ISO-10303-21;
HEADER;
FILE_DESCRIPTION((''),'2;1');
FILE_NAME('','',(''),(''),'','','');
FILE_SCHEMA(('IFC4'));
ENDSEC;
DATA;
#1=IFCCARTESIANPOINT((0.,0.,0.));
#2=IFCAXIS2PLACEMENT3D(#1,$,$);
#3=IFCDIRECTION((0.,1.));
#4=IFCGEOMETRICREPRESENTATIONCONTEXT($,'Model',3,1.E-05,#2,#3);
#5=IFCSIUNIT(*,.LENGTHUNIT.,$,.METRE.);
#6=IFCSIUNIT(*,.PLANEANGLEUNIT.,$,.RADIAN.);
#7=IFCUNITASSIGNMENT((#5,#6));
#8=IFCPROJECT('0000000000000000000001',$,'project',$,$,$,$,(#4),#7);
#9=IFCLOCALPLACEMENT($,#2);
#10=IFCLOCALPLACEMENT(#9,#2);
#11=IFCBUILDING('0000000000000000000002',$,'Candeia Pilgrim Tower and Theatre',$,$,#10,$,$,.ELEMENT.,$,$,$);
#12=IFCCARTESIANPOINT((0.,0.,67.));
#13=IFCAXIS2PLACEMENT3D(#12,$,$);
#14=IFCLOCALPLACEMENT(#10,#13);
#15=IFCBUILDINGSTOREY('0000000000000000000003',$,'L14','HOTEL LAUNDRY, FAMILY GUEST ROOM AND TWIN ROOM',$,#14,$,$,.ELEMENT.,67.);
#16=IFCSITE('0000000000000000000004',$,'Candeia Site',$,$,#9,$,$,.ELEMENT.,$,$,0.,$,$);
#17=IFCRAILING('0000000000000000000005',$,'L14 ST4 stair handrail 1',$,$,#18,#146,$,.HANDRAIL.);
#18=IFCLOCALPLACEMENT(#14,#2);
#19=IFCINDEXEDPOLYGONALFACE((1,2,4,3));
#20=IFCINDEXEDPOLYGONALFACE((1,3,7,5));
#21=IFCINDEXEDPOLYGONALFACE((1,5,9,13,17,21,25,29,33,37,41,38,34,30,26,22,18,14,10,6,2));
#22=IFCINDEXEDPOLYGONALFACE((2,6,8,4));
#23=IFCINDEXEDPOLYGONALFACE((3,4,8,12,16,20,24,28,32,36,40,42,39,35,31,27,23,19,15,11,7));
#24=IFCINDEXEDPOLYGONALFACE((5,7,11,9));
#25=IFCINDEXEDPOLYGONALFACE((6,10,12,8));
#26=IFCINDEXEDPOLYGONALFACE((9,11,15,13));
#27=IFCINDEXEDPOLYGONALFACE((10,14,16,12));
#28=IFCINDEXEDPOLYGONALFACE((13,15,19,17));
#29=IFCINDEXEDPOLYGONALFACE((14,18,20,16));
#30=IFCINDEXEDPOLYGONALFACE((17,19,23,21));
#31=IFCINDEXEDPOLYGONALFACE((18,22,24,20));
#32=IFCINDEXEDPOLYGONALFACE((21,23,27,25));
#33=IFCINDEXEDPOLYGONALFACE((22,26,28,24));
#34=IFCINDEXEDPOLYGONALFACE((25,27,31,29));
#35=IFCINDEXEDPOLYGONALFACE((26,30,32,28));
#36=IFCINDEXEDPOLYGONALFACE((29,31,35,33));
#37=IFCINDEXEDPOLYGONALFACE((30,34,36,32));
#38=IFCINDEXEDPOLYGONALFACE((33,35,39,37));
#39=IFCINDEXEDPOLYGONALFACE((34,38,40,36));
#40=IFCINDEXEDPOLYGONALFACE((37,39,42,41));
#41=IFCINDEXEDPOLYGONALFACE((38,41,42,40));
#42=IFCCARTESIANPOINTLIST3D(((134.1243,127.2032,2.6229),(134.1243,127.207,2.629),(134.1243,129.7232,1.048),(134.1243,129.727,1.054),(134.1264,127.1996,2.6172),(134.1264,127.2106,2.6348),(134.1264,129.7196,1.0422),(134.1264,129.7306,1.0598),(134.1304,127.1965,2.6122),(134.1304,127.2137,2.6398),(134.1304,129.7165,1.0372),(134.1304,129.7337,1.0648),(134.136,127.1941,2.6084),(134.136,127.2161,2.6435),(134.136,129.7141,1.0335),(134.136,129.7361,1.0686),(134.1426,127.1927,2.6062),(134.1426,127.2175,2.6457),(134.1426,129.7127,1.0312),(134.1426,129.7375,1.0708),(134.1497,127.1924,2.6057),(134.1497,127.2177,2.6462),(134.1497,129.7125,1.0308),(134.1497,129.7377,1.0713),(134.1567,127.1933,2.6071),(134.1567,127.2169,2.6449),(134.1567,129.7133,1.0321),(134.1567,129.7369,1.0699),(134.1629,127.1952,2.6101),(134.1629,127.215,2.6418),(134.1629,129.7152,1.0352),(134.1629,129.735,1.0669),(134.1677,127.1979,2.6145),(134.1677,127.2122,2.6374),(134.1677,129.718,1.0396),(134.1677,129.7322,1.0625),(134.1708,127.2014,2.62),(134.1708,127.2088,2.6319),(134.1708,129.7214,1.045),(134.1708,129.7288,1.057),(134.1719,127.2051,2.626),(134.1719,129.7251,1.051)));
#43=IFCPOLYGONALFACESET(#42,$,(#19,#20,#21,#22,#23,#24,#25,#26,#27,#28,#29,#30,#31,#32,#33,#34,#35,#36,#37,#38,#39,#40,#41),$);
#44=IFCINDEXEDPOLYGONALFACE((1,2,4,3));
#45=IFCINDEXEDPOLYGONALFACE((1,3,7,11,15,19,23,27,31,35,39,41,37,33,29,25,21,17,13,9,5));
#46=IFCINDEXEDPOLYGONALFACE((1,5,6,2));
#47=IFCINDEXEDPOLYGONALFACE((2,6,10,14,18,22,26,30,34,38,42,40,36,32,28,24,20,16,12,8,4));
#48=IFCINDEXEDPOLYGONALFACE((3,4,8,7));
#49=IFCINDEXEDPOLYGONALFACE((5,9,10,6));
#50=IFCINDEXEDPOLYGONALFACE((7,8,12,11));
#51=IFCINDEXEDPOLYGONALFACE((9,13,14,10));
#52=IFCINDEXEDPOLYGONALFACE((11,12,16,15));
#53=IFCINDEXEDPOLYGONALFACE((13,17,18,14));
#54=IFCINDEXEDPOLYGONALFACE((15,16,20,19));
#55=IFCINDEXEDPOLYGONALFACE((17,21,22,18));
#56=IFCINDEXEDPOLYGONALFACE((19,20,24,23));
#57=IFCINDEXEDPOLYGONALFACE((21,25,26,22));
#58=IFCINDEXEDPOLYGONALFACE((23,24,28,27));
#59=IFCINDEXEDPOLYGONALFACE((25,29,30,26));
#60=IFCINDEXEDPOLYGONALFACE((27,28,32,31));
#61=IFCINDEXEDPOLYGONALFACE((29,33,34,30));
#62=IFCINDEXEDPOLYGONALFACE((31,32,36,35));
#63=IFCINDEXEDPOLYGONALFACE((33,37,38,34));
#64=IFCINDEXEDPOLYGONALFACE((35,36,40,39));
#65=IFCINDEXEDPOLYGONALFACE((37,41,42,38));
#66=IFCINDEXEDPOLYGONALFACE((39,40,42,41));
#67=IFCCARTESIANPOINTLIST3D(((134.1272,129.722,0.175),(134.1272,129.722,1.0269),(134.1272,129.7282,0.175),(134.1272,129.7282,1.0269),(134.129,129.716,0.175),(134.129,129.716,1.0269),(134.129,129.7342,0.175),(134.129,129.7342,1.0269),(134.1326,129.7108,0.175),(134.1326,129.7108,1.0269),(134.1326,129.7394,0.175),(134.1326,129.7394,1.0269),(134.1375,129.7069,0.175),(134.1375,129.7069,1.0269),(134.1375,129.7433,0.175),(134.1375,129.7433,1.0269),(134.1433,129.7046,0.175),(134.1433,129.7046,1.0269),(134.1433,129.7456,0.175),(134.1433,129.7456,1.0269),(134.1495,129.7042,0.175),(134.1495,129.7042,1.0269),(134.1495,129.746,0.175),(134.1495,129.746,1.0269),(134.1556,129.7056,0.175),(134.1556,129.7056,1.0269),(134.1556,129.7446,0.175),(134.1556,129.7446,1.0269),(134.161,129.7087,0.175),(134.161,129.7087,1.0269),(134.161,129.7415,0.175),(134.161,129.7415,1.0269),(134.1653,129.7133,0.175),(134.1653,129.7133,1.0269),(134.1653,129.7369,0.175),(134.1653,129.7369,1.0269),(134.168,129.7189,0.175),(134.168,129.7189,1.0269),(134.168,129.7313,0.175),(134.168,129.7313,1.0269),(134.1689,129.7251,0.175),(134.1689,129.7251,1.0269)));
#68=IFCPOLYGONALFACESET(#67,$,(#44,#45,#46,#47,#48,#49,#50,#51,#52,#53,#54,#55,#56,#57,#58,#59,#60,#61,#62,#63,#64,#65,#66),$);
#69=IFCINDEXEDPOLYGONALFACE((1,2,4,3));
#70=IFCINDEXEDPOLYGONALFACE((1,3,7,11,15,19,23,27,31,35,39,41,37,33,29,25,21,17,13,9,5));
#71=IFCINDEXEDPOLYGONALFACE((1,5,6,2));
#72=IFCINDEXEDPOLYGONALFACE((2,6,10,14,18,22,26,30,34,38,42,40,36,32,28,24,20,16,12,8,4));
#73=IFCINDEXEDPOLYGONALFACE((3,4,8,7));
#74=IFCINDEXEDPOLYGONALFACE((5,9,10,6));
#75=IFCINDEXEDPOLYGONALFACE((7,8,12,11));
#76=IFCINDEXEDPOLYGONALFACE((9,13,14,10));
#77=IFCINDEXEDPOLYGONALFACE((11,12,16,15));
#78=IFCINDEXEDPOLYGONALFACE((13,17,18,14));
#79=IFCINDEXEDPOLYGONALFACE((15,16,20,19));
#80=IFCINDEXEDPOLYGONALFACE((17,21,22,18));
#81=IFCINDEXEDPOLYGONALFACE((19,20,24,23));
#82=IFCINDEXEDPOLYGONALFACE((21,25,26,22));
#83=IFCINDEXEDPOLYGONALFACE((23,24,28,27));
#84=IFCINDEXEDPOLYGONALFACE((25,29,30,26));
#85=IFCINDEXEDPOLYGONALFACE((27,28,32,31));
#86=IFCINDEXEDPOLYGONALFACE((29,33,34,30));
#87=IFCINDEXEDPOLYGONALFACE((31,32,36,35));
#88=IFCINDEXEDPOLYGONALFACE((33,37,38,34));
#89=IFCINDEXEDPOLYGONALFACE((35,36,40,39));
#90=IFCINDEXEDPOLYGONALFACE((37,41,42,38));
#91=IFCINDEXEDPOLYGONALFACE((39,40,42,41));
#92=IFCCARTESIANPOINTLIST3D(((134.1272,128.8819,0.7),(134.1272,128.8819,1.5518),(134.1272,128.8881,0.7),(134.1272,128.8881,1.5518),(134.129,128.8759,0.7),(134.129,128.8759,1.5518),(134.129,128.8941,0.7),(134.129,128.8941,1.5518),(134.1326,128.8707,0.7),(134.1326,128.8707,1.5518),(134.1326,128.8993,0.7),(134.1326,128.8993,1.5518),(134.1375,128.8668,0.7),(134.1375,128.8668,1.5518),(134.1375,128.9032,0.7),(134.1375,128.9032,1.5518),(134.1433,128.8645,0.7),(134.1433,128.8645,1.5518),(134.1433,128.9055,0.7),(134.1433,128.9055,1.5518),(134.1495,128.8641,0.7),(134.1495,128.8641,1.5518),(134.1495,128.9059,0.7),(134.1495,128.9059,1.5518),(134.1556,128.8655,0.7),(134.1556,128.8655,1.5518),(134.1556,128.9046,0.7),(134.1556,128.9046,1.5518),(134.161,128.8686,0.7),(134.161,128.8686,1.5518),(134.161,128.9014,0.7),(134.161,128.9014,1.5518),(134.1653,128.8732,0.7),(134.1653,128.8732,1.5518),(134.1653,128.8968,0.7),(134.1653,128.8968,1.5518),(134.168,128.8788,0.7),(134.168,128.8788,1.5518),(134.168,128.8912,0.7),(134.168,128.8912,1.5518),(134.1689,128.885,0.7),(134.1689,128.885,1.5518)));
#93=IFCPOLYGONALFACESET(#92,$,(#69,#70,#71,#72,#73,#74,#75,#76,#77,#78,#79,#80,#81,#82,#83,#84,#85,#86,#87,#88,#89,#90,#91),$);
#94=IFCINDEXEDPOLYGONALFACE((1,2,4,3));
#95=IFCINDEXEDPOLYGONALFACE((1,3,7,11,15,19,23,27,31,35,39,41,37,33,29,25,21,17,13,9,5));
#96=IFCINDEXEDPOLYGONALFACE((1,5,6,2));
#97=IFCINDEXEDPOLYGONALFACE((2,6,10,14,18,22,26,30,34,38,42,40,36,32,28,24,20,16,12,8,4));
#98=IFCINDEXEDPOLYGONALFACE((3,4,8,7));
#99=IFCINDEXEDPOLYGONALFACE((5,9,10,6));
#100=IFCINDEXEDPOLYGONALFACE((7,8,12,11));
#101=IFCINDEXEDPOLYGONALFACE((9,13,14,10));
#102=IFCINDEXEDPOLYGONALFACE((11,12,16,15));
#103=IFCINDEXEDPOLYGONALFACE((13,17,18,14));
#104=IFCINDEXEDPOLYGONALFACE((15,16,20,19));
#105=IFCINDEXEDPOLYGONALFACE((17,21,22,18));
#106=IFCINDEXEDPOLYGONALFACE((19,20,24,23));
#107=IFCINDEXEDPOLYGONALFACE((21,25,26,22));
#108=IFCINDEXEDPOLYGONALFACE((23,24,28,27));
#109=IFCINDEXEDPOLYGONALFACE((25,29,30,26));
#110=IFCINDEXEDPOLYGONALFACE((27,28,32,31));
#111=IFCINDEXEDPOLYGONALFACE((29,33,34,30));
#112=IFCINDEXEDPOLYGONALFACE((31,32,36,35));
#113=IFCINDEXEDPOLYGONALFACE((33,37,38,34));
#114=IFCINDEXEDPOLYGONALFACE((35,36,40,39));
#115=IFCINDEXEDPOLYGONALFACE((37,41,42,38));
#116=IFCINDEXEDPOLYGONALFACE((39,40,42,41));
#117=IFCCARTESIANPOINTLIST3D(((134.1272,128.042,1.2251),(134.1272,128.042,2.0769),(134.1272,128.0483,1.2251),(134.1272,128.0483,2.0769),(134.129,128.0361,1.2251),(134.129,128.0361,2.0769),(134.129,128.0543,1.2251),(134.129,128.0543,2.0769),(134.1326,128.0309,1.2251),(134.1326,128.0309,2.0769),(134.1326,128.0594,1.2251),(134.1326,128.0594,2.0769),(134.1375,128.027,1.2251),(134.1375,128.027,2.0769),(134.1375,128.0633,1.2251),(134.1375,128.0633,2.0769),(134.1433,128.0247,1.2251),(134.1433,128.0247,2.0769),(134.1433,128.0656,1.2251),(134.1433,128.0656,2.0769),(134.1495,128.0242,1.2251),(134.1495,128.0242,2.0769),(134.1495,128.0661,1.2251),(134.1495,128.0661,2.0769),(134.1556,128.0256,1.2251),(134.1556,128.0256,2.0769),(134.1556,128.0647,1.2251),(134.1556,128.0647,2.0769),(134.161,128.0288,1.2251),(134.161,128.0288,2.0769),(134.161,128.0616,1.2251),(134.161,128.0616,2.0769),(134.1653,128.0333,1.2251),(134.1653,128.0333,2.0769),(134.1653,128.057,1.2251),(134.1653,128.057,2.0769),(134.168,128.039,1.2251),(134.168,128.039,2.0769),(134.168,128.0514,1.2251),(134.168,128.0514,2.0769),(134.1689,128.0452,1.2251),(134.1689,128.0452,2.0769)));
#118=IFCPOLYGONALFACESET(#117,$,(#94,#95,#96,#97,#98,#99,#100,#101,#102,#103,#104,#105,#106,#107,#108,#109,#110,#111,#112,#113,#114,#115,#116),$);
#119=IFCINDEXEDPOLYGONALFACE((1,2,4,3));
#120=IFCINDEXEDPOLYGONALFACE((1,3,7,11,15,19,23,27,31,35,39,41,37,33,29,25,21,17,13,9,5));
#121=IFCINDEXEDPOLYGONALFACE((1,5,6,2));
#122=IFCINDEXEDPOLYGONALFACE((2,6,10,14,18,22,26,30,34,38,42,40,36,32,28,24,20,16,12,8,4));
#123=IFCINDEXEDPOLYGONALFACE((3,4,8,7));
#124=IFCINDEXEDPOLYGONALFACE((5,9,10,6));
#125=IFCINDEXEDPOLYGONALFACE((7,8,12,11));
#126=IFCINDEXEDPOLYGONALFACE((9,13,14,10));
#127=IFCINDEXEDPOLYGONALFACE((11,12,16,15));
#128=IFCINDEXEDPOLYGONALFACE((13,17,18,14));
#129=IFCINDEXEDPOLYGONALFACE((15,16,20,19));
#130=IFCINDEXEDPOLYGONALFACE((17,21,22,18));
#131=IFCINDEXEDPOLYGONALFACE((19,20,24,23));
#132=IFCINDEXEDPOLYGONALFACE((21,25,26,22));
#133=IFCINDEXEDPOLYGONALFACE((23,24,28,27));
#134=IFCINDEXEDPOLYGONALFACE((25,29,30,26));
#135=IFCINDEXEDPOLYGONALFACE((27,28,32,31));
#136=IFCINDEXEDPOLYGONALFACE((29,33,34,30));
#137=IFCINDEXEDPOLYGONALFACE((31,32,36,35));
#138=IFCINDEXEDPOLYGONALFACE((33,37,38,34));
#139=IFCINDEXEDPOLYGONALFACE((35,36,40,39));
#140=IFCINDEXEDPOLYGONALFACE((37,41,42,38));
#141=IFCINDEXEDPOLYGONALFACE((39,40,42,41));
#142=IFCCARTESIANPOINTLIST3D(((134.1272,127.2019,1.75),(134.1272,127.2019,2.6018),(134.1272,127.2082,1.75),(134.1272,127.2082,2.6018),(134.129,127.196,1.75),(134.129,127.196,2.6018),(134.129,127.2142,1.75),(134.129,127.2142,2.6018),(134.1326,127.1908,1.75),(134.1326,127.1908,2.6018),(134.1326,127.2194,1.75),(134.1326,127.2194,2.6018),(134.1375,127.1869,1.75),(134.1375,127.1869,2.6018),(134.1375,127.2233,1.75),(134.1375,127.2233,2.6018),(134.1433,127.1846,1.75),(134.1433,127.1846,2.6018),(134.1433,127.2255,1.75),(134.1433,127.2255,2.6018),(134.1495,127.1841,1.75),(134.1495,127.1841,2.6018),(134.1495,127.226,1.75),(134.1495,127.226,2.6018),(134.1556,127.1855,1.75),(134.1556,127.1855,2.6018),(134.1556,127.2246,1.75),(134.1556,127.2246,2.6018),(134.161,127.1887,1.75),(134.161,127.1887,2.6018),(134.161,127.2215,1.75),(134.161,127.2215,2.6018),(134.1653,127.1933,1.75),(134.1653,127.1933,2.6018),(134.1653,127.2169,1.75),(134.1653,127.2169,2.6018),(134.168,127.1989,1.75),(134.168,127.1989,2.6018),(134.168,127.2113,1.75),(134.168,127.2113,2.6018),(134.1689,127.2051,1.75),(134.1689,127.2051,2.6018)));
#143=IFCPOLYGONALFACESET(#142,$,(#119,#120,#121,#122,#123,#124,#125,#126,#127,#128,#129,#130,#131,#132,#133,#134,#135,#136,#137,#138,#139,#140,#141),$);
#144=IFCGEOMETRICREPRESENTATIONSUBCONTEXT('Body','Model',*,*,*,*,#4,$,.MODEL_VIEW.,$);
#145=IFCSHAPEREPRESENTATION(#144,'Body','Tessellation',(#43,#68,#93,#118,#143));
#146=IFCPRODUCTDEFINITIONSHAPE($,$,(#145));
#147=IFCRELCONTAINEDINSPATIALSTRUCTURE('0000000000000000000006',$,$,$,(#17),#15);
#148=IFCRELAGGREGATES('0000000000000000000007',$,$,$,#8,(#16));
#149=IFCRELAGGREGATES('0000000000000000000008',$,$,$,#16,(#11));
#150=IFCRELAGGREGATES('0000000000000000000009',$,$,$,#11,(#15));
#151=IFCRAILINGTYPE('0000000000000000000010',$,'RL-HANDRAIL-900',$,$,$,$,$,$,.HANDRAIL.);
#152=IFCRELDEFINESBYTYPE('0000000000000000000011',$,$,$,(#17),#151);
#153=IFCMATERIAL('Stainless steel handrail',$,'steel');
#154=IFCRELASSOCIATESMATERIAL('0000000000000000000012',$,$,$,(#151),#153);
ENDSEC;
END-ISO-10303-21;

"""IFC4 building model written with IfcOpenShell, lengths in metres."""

from ifc_helpers import new_model, si_unit, direction, frame, origin, origin_2d, place, context, subcontext, project, spatial, circle, extrude, material, type_object, element, save


model = new_model("IFC4")

# Units and contexts
model_context = context("Model", 3, precision=1e-05, world=origin(), true_north=direction((0.0, 1.0)))
body_context = subcontext(model_context, "Body", "Model", "MODEL_VIEW")
ifc_project = project(units=[si_unit("LENGTHUNIT", "METRE"), si_unit("PLANEANGLEUNIT", "RADIAN")], contexts=[model_context])

# Site, building, storey
site_placement = place(None, origin())
site = spatial("IfcSite", under=ifc_project, at=site_placement, Name="Candeia Site", CompositionType="ELEMENT", RefElevation=0.0)
building_placement = place(site_placement, origin())
building = spatial("IfcBuilding", under=site, at=building_placement, Name="Candeia Pilgrim Tower and Theatre", CompositionType="ELEMENT")
storey_placement = place(building_placement, frame((0.0, 0.0, 67.0)))
storey = spatial("IfcBuildingStorey", under=building, at=storey_placement, Name="L14", Description="HOTEL LAUNDRY, FAMILY GUEST ROOM AND TWIN ROOM", CompositionType="ELEMENT", Elevation=67.0)

# Railing
ifc_material_1 = material(Name="Stainless steel handrail", Category="steel")
railing_type_1 = type_object("IfcRailingType", Name="RL-HANDRAIL-900", PredefinedType="HANDRAIL", material=ifc_material_1)
railing_1_placement = place(storey_placement, frame((134.1479, 129.7251, 0.175)))
element("IfcRailing", 1, at=railing_1_placement, inside=storey, type_object=railing_type_1, Name="L14 ST4 stair handrail 1", PredefinedType="HANDRAIL", context=body_context, shape_type="SweptSolid", body=[
    extrude(circle(Radius=0.0239, at=origin_2d()), frame((0.0, 0.0, 0.876), z_axis=(0.0, -0.848008, 0.529984), x_axis=(1.0, 0.0, 0.0)), (0.0, 0.0, 1.0), 2.9717),
    extrude(circle(Radius=0.021, at=origin_2d()), origin(), (0.0, 0.0, 1.0), 0.8518),
    extrude(circle(Radius=0.021, at=origin_2d()), frame((0.0, -0.8401, 0.5249)), (0.0, 0.0, 1.0), 0.8518),
    extrude(circle(Radius=0.021, at=origin_2d()), frame((0.0, -1.6799, 1.05)), (0.0, 0.0, 1.0), 0.8518),
    extrude(circle(Radius=0.021, at=origin_2d()), frame((0.0, -2.52, 1.575)), (0.0, 0.0, 1.0), 0.8518),
])

save(model, "model.ifc")
